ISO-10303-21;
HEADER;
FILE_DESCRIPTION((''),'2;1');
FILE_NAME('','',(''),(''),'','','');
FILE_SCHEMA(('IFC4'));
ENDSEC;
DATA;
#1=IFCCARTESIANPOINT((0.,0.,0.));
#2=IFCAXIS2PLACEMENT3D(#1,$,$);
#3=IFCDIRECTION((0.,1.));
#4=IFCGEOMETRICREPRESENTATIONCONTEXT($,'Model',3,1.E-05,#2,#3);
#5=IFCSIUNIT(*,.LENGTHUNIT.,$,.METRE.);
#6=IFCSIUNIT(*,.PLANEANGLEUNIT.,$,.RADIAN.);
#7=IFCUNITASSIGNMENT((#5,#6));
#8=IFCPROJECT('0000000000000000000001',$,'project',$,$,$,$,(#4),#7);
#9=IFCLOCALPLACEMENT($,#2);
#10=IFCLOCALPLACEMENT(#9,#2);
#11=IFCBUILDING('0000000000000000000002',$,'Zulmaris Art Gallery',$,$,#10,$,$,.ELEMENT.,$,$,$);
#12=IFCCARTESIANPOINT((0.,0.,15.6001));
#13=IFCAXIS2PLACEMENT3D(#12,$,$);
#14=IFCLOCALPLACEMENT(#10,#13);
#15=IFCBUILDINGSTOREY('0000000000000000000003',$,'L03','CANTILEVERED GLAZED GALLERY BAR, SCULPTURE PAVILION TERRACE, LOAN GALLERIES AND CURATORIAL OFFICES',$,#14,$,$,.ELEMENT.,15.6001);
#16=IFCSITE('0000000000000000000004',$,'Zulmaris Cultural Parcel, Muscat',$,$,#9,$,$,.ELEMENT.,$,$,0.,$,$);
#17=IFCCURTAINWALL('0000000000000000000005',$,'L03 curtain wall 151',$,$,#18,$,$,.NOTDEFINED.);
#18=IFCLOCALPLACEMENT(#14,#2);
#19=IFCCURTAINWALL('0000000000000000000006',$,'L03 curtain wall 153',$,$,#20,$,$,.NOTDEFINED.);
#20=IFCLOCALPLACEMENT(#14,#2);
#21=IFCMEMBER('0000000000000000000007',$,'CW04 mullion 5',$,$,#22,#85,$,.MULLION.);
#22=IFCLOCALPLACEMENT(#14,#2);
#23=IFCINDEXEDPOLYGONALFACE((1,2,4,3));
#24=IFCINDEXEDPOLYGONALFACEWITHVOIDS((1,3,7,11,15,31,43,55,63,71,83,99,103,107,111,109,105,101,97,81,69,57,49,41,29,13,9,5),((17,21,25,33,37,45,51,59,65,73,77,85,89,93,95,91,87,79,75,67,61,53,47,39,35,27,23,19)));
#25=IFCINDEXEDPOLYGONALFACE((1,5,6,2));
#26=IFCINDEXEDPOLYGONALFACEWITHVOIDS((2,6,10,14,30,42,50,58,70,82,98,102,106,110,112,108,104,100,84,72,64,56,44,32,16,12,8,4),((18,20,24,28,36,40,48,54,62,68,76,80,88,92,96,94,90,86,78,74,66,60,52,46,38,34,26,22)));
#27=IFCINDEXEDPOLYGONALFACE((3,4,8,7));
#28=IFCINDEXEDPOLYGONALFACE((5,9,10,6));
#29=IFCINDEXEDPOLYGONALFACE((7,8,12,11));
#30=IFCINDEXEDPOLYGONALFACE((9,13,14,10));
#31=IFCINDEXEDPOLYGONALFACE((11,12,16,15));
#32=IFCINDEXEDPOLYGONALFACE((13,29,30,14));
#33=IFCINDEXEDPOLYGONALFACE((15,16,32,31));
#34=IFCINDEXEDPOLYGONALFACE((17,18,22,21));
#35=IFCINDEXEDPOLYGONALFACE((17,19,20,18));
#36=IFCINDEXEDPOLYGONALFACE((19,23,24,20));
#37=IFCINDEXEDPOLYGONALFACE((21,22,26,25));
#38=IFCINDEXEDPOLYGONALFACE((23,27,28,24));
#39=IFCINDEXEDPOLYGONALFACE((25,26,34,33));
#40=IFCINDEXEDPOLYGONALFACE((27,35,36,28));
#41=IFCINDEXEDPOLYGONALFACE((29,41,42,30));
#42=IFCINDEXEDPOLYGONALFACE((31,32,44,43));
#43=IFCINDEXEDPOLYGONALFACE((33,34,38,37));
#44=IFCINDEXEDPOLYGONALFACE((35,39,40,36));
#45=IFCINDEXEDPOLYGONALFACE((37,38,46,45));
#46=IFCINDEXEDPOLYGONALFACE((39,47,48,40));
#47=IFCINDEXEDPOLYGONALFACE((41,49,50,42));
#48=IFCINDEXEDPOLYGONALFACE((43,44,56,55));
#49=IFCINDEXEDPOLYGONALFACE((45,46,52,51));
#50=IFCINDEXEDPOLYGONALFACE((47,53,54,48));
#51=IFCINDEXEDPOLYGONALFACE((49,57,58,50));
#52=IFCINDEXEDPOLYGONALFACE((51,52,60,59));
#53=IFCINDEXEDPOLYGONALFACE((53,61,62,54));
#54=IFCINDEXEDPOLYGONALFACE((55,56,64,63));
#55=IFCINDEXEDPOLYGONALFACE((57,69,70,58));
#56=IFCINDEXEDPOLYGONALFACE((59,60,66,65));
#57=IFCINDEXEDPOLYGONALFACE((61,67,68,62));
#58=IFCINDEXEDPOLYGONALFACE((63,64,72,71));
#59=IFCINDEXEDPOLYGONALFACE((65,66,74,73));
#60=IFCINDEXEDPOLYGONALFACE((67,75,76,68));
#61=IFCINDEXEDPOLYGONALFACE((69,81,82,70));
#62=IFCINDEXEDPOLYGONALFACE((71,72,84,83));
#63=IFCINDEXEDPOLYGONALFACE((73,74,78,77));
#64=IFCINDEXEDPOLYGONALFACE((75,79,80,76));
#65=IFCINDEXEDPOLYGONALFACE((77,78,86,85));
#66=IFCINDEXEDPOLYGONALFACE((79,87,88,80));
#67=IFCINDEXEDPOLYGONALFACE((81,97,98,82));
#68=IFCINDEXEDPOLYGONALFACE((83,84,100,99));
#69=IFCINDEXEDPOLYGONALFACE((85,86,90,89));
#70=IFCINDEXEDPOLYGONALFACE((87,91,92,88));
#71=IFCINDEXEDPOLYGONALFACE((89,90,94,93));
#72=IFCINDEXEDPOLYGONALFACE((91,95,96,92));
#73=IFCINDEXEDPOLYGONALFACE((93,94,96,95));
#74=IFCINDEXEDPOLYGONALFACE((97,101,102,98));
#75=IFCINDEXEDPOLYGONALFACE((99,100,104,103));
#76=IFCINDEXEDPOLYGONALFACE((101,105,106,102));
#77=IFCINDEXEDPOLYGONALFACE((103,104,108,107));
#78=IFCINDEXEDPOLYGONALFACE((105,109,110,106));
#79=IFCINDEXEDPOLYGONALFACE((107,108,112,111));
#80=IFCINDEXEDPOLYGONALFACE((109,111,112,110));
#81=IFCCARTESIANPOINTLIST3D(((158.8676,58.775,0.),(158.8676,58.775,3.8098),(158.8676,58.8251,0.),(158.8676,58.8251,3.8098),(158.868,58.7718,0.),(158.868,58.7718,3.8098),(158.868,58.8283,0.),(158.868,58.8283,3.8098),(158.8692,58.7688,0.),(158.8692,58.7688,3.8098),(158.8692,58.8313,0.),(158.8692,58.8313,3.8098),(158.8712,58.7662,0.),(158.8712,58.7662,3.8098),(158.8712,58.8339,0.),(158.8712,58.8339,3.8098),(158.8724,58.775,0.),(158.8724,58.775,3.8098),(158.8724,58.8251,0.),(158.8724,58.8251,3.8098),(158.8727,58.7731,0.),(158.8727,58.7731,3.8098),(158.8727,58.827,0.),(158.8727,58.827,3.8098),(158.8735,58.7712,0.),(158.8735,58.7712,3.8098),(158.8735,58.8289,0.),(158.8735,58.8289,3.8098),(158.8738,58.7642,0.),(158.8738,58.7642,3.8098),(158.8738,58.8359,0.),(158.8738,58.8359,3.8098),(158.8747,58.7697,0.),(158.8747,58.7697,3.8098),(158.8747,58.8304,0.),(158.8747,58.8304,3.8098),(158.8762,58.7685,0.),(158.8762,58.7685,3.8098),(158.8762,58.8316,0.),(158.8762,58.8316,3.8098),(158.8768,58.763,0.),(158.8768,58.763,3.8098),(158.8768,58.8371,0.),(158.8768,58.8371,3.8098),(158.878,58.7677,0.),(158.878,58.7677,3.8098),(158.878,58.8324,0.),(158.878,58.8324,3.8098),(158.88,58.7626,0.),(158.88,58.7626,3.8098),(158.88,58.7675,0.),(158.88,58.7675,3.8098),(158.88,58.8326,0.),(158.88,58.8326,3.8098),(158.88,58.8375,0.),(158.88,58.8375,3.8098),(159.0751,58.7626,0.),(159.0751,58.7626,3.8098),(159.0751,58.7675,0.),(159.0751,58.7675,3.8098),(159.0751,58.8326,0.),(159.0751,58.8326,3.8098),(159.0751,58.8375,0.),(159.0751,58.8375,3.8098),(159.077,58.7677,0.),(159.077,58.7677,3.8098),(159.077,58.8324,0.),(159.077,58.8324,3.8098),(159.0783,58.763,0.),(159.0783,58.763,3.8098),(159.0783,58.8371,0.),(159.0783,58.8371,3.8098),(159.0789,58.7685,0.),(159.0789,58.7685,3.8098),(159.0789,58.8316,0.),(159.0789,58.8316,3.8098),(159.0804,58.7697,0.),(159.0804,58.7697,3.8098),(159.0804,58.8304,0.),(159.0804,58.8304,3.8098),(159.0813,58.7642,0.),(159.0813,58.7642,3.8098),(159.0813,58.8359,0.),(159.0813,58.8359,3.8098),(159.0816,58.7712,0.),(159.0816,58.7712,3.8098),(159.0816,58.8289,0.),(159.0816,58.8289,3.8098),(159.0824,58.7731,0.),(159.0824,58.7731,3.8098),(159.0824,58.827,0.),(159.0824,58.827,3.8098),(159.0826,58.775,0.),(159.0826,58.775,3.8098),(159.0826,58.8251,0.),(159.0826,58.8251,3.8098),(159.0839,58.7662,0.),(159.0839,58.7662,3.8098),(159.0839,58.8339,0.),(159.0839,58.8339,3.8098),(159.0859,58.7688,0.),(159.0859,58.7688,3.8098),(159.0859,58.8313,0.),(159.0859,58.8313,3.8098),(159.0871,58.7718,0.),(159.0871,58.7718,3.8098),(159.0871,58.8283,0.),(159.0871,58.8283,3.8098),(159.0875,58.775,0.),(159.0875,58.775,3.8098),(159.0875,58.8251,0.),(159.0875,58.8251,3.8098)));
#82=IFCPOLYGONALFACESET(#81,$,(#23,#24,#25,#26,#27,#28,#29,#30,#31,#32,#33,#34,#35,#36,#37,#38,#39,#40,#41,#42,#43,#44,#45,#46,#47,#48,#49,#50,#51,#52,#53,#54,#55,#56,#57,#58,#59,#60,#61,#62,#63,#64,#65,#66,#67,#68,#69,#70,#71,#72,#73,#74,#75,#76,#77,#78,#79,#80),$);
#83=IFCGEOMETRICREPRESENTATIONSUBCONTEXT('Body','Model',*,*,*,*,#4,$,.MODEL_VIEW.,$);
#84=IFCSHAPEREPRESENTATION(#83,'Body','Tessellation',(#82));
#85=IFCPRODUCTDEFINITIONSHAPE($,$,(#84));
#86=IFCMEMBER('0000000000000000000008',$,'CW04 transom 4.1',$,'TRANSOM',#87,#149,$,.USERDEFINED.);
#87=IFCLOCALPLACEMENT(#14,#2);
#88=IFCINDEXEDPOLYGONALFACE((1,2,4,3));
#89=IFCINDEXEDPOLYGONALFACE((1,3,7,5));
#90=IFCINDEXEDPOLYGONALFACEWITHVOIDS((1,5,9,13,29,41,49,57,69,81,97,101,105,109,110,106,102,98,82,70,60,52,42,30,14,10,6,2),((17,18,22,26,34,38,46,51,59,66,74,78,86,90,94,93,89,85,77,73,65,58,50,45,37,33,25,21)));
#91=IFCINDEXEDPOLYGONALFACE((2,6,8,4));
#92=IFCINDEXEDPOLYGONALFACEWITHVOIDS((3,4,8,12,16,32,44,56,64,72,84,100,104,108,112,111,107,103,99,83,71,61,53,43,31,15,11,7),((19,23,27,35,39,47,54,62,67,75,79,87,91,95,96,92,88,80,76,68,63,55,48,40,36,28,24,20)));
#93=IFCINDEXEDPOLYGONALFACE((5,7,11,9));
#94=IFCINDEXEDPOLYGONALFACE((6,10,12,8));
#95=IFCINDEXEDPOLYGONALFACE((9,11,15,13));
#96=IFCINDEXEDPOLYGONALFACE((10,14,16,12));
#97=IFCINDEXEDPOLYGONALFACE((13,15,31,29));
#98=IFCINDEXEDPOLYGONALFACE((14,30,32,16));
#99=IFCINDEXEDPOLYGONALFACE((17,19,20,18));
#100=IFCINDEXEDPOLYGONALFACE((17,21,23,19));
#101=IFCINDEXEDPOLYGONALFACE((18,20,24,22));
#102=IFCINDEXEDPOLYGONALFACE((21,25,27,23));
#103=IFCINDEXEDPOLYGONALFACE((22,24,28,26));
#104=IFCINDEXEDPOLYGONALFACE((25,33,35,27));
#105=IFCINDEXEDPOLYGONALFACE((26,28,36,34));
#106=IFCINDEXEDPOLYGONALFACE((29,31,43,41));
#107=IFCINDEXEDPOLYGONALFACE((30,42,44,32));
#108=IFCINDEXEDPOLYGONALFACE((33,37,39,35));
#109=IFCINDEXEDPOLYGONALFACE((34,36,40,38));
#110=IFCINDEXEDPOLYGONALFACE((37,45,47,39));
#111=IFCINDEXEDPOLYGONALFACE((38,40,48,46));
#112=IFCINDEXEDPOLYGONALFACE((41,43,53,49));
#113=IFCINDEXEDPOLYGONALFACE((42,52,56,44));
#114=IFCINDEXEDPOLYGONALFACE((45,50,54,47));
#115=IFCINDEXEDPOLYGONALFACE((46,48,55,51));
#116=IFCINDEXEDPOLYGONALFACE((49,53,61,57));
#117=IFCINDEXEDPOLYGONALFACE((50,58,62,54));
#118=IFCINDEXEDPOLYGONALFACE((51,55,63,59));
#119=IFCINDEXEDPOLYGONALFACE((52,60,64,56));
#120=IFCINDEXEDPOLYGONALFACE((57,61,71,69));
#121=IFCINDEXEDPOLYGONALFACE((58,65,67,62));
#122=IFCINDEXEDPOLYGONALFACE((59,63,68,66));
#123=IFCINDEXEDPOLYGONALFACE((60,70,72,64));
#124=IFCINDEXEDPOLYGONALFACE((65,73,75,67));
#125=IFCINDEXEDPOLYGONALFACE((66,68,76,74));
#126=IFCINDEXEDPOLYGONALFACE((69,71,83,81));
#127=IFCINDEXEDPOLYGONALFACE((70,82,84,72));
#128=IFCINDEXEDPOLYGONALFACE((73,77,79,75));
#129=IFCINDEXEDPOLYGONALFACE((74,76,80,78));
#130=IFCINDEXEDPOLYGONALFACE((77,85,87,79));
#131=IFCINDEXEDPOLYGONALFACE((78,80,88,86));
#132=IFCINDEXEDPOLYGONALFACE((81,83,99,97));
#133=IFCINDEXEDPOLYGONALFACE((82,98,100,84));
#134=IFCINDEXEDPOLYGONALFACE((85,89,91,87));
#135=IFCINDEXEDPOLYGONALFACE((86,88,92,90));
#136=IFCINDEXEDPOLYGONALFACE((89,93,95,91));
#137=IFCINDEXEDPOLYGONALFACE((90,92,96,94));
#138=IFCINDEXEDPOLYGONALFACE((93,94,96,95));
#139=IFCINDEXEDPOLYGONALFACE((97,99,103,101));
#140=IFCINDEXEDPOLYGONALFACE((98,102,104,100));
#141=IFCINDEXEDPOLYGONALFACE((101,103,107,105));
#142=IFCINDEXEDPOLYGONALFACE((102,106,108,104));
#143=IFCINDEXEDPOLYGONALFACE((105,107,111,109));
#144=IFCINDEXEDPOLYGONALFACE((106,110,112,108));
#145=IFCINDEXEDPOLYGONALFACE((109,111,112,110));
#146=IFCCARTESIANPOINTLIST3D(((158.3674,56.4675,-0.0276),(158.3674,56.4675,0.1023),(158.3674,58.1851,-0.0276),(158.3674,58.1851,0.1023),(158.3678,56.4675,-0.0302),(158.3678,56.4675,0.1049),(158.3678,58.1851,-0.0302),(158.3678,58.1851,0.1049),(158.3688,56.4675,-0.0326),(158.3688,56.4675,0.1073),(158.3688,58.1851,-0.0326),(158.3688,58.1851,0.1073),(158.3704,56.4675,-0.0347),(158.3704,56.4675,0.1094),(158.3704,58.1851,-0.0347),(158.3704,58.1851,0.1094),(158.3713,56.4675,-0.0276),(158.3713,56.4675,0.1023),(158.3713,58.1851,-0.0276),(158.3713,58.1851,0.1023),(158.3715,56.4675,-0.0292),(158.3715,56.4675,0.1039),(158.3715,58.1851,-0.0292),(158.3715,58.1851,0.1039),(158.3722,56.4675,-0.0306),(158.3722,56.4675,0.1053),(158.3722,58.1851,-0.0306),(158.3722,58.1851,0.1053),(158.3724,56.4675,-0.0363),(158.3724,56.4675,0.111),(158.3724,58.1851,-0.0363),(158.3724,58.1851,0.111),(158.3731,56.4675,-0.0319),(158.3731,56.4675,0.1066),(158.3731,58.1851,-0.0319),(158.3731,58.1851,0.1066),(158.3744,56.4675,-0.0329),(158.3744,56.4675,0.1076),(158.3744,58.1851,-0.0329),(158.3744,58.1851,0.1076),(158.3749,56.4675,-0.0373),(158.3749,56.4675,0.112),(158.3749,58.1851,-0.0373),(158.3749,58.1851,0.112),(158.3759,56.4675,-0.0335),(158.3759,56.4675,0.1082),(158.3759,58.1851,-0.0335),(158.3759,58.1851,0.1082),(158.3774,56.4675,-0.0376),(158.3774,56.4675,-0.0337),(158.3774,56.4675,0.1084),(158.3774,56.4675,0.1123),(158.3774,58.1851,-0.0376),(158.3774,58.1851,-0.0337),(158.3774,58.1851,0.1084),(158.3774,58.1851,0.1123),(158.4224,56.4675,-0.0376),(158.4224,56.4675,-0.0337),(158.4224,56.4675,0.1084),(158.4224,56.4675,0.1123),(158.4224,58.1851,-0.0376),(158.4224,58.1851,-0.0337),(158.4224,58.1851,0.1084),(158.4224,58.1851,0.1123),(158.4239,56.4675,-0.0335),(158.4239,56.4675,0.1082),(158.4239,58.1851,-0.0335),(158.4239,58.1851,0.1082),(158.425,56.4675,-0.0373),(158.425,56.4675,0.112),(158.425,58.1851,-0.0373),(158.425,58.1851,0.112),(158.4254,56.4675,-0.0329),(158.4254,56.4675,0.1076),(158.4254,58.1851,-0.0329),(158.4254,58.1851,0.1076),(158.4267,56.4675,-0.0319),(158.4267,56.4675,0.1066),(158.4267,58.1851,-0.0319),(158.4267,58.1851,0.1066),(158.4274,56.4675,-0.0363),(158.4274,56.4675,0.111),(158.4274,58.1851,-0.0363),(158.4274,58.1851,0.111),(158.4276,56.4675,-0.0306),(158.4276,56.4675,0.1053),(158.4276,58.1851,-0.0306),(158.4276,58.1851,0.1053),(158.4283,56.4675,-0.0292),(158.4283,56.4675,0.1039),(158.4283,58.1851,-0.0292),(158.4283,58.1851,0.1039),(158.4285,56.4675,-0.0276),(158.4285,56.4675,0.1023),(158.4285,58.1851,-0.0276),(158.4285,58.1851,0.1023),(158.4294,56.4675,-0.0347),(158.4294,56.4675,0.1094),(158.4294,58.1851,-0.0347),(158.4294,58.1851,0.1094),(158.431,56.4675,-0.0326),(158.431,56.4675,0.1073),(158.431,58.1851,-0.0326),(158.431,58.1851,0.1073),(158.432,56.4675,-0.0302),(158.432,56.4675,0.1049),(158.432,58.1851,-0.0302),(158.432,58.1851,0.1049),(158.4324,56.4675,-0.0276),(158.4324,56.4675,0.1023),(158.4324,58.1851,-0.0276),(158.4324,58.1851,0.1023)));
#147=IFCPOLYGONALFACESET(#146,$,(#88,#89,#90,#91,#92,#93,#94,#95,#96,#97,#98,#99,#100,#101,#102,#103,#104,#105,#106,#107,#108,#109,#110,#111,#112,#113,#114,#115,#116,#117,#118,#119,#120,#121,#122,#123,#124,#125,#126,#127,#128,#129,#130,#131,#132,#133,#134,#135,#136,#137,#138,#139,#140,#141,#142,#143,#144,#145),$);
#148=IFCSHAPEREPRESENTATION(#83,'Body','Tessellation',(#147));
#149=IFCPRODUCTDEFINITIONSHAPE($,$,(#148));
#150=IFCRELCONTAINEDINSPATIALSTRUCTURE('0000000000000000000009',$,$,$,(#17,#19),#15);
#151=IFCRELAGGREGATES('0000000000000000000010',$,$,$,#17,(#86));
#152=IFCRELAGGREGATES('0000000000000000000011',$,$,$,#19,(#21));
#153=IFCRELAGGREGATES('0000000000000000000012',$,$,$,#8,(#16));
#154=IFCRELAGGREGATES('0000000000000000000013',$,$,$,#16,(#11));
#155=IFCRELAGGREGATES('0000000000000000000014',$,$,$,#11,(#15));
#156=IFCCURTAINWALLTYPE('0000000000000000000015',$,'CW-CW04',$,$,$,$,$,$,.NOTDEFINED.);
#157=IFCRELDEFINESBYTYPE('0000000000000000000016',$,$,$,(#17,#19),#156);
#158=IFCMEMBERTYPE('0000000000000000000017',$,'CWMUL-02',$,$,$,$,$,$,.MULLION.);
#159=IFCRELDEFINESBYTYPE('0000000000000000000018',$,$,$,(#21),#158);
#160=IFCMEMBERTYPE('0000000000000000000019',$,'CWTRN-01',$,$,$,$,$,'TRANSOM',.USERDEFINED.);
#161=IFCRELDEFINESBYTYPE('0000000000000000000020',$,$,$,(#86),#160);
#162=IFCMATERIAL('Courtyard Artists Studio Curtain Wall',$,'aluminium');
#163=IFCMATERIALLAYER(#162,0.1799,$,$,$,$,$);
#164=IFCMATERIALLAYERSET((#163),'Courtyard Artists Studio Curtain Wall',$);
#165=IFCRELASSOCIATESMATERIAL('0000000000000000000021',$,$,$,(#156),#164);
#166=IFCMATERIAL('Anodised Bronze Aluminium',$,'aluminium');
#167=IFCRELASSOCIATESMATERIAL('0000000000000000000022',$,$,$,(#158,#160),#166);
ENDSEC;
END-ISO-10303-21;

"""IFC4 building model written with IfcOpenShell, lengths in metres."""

from ifc_helpers import new_model, si_unit, direction, frame, origin, origin_2d, place, context, subcontext, project, spatial, hollow_rectangle, extrude, material, layer, layer_set, material_profile, profile_set, type_object, element, aggregate, save


model = new_model("IFC4")

# Units and contexts
model_context = context("Model", 3, precision=1e-05, world=origin(), true_north=direction((0.0, 1.0)))
body_context = subcontext(model_context, "Body", "Model", "MODEL_VIEW")
ifc_project = project(units=[si_unit("LENGTHUNIT", "METRE"), si_unit("PLANEANGLEUNIT", "RADIAN")], contexts=[model_context])

# Site, building, storey
site_placement = place(None, origin())
site = spatial("IfcSite", under=ifc_project, at=site_placement, Name="Zulmaris Cultural Parcel, Muscat", CompositionType="ELEMENT", RefElevation=0.0)
building_placement = place(site_placement, origin())
building = spatial("IfcBuilding", under=site, at=building_placement, Name="Zulmaris Art Gallery", CompositionType="ELEMENT")
storey_placement = place(building_placement, frame((0.0, 0.0, 15.6001)))
storey = spatial("IfcBuildingStorey", under=building, at=storey_placement, Name="L03", Description="CANTILEVERED GLAZED GALLERY BAR, SCULPTURE PAVILION TERRACE, LOAN GALLERIES AND CURATORIAL OFFICES", CompositionType="ELEMENT", Elevation=15.6001)

# Curtain walls, member
ifc_material_1 = material(Name="Courtyard Artists Studio Curtain Wall", Category="aluminium")
ifc_layer_1 = layer(ifc_material_1, 0.1799)
ifc_layer_set_1 = layer_set([ifc_layer_1], Name="Courtyard Artists Studio Curtain Wall")
curtain_wall_type = type_object("IfcCurtainWallType", Name="CW-CW04", PredefinedType="NOTDEFINED", material=ifc_layer_set_1)
curtain_wall_1_placement = place(storey_placement, origin())
curtain_wall_1 = element("IfcCurtainWall", 1, at=curtain_wall_1_placement, inside=storey, type_object=curtain_wall_type, Name="L03 curtain wall 151", PredefinedType="NOTDEFINED")
ifc_material_2 = material(Name="Anodised Bronze Aluminium", Category="aluminium")
ifc_material_profile_1 = material_profile(ifc_material_2, hollow_rectangle(XDim=0.075, YDim=0.22, WallThickness=0.0049, InnerFilletRadius=0.0076, OuterFilletRadius=0.0125, at=origin_2d()), Name="ALU 75x220x5")
ifc_profile_set_1 = profile_set([ifc_material_profile_1], Name="Anodised Bronze Aluminium")
member_type_1 = type_object("IfcMemberType", Name="CWMUL-02", PredefinedType="MULLION", material=ifc_profile_set_1)
curtain_wall_2_placement = place(storey_placement, origin())
curtain_wall_2 = element("IfcCurtainWall", 2, at=curtain_wall_2_placement, inside=storey, type_object=curtain_wall_type, Name="L03 curtain wall 153", PredefinedType="NOTDEFINED")
member_1_placement = place(storey_placement, frame((158.9775, 58.8, 0.0), z_axis=(0.0, 0.0, 1.0), x_axis=(0.0, -1.0, 0.0)))
member_1 = element("IfcMember", 3, at=member_1_placement, type_object=member_type_1, Name="CW04 mullion 5", PredefinedType="MULLION", context=body_context, shape_type="SweptSolid", body=[
    extrude(hollow_rectangle(XDim=0.075, YDim=0.22, WallThickness=0.0049, InnerFilletRadius=0.0076, OuterFilletRadius=0.0125, at=origin_2d()), origin(), (0.0, 0.0, 1.0), 3.8098),
])

# Member
ifc_material_profile_2 = material_profile(ifc_material_2, hollow_rectangle(XDim=0.0649, YDim=0.1499, WallThickness=0.0039, InnerFilletRadius=0.0061, OuterFilletRadius=0.01, at=origin_2d()), Name="ALU 65x150x4")
ifc_profile_set_2 = profile_set([ifc_material_profile_2], Name="Anodised Bronze Aluminium")
member_type_2 = type_object("IfcMemberType", Name="CWTRN-01", ElementType="TRANSOM", PredefinedType="USERDEFINED", material=ifc_profile_set_2)
member_2_placement = place(storey_placement, frame((158.3999, 56.4675, 0.0374), z_axis=(0.0, 1.0, 0.0), x_axis=(-1.0, 0.0, 0.0)))
member_2 = element("IfcMember", 4, at=member_2_placement, type_object=member_type_2, Name="CW04 transom 4.1", ObjectType="TRANSOM", PredefinedType="USERDEFINED", context=body_context, shape_type="SweptSolid", body=[
    extrude(hollow_rectangle(XDim=0.0649, YDim=0.1499, WallThickness=0.0039, InnerFilletRadius=0.0061, OuterFilletRadius=0.01, at=origin_2d()), origin(), (0.0, 0.0, 1.0), 1.7175),
])

aggregate(curtain_wall_1, [member_2])
aggregate(curtain_wall_2, [member_1])

save(model, "model.ifc")
